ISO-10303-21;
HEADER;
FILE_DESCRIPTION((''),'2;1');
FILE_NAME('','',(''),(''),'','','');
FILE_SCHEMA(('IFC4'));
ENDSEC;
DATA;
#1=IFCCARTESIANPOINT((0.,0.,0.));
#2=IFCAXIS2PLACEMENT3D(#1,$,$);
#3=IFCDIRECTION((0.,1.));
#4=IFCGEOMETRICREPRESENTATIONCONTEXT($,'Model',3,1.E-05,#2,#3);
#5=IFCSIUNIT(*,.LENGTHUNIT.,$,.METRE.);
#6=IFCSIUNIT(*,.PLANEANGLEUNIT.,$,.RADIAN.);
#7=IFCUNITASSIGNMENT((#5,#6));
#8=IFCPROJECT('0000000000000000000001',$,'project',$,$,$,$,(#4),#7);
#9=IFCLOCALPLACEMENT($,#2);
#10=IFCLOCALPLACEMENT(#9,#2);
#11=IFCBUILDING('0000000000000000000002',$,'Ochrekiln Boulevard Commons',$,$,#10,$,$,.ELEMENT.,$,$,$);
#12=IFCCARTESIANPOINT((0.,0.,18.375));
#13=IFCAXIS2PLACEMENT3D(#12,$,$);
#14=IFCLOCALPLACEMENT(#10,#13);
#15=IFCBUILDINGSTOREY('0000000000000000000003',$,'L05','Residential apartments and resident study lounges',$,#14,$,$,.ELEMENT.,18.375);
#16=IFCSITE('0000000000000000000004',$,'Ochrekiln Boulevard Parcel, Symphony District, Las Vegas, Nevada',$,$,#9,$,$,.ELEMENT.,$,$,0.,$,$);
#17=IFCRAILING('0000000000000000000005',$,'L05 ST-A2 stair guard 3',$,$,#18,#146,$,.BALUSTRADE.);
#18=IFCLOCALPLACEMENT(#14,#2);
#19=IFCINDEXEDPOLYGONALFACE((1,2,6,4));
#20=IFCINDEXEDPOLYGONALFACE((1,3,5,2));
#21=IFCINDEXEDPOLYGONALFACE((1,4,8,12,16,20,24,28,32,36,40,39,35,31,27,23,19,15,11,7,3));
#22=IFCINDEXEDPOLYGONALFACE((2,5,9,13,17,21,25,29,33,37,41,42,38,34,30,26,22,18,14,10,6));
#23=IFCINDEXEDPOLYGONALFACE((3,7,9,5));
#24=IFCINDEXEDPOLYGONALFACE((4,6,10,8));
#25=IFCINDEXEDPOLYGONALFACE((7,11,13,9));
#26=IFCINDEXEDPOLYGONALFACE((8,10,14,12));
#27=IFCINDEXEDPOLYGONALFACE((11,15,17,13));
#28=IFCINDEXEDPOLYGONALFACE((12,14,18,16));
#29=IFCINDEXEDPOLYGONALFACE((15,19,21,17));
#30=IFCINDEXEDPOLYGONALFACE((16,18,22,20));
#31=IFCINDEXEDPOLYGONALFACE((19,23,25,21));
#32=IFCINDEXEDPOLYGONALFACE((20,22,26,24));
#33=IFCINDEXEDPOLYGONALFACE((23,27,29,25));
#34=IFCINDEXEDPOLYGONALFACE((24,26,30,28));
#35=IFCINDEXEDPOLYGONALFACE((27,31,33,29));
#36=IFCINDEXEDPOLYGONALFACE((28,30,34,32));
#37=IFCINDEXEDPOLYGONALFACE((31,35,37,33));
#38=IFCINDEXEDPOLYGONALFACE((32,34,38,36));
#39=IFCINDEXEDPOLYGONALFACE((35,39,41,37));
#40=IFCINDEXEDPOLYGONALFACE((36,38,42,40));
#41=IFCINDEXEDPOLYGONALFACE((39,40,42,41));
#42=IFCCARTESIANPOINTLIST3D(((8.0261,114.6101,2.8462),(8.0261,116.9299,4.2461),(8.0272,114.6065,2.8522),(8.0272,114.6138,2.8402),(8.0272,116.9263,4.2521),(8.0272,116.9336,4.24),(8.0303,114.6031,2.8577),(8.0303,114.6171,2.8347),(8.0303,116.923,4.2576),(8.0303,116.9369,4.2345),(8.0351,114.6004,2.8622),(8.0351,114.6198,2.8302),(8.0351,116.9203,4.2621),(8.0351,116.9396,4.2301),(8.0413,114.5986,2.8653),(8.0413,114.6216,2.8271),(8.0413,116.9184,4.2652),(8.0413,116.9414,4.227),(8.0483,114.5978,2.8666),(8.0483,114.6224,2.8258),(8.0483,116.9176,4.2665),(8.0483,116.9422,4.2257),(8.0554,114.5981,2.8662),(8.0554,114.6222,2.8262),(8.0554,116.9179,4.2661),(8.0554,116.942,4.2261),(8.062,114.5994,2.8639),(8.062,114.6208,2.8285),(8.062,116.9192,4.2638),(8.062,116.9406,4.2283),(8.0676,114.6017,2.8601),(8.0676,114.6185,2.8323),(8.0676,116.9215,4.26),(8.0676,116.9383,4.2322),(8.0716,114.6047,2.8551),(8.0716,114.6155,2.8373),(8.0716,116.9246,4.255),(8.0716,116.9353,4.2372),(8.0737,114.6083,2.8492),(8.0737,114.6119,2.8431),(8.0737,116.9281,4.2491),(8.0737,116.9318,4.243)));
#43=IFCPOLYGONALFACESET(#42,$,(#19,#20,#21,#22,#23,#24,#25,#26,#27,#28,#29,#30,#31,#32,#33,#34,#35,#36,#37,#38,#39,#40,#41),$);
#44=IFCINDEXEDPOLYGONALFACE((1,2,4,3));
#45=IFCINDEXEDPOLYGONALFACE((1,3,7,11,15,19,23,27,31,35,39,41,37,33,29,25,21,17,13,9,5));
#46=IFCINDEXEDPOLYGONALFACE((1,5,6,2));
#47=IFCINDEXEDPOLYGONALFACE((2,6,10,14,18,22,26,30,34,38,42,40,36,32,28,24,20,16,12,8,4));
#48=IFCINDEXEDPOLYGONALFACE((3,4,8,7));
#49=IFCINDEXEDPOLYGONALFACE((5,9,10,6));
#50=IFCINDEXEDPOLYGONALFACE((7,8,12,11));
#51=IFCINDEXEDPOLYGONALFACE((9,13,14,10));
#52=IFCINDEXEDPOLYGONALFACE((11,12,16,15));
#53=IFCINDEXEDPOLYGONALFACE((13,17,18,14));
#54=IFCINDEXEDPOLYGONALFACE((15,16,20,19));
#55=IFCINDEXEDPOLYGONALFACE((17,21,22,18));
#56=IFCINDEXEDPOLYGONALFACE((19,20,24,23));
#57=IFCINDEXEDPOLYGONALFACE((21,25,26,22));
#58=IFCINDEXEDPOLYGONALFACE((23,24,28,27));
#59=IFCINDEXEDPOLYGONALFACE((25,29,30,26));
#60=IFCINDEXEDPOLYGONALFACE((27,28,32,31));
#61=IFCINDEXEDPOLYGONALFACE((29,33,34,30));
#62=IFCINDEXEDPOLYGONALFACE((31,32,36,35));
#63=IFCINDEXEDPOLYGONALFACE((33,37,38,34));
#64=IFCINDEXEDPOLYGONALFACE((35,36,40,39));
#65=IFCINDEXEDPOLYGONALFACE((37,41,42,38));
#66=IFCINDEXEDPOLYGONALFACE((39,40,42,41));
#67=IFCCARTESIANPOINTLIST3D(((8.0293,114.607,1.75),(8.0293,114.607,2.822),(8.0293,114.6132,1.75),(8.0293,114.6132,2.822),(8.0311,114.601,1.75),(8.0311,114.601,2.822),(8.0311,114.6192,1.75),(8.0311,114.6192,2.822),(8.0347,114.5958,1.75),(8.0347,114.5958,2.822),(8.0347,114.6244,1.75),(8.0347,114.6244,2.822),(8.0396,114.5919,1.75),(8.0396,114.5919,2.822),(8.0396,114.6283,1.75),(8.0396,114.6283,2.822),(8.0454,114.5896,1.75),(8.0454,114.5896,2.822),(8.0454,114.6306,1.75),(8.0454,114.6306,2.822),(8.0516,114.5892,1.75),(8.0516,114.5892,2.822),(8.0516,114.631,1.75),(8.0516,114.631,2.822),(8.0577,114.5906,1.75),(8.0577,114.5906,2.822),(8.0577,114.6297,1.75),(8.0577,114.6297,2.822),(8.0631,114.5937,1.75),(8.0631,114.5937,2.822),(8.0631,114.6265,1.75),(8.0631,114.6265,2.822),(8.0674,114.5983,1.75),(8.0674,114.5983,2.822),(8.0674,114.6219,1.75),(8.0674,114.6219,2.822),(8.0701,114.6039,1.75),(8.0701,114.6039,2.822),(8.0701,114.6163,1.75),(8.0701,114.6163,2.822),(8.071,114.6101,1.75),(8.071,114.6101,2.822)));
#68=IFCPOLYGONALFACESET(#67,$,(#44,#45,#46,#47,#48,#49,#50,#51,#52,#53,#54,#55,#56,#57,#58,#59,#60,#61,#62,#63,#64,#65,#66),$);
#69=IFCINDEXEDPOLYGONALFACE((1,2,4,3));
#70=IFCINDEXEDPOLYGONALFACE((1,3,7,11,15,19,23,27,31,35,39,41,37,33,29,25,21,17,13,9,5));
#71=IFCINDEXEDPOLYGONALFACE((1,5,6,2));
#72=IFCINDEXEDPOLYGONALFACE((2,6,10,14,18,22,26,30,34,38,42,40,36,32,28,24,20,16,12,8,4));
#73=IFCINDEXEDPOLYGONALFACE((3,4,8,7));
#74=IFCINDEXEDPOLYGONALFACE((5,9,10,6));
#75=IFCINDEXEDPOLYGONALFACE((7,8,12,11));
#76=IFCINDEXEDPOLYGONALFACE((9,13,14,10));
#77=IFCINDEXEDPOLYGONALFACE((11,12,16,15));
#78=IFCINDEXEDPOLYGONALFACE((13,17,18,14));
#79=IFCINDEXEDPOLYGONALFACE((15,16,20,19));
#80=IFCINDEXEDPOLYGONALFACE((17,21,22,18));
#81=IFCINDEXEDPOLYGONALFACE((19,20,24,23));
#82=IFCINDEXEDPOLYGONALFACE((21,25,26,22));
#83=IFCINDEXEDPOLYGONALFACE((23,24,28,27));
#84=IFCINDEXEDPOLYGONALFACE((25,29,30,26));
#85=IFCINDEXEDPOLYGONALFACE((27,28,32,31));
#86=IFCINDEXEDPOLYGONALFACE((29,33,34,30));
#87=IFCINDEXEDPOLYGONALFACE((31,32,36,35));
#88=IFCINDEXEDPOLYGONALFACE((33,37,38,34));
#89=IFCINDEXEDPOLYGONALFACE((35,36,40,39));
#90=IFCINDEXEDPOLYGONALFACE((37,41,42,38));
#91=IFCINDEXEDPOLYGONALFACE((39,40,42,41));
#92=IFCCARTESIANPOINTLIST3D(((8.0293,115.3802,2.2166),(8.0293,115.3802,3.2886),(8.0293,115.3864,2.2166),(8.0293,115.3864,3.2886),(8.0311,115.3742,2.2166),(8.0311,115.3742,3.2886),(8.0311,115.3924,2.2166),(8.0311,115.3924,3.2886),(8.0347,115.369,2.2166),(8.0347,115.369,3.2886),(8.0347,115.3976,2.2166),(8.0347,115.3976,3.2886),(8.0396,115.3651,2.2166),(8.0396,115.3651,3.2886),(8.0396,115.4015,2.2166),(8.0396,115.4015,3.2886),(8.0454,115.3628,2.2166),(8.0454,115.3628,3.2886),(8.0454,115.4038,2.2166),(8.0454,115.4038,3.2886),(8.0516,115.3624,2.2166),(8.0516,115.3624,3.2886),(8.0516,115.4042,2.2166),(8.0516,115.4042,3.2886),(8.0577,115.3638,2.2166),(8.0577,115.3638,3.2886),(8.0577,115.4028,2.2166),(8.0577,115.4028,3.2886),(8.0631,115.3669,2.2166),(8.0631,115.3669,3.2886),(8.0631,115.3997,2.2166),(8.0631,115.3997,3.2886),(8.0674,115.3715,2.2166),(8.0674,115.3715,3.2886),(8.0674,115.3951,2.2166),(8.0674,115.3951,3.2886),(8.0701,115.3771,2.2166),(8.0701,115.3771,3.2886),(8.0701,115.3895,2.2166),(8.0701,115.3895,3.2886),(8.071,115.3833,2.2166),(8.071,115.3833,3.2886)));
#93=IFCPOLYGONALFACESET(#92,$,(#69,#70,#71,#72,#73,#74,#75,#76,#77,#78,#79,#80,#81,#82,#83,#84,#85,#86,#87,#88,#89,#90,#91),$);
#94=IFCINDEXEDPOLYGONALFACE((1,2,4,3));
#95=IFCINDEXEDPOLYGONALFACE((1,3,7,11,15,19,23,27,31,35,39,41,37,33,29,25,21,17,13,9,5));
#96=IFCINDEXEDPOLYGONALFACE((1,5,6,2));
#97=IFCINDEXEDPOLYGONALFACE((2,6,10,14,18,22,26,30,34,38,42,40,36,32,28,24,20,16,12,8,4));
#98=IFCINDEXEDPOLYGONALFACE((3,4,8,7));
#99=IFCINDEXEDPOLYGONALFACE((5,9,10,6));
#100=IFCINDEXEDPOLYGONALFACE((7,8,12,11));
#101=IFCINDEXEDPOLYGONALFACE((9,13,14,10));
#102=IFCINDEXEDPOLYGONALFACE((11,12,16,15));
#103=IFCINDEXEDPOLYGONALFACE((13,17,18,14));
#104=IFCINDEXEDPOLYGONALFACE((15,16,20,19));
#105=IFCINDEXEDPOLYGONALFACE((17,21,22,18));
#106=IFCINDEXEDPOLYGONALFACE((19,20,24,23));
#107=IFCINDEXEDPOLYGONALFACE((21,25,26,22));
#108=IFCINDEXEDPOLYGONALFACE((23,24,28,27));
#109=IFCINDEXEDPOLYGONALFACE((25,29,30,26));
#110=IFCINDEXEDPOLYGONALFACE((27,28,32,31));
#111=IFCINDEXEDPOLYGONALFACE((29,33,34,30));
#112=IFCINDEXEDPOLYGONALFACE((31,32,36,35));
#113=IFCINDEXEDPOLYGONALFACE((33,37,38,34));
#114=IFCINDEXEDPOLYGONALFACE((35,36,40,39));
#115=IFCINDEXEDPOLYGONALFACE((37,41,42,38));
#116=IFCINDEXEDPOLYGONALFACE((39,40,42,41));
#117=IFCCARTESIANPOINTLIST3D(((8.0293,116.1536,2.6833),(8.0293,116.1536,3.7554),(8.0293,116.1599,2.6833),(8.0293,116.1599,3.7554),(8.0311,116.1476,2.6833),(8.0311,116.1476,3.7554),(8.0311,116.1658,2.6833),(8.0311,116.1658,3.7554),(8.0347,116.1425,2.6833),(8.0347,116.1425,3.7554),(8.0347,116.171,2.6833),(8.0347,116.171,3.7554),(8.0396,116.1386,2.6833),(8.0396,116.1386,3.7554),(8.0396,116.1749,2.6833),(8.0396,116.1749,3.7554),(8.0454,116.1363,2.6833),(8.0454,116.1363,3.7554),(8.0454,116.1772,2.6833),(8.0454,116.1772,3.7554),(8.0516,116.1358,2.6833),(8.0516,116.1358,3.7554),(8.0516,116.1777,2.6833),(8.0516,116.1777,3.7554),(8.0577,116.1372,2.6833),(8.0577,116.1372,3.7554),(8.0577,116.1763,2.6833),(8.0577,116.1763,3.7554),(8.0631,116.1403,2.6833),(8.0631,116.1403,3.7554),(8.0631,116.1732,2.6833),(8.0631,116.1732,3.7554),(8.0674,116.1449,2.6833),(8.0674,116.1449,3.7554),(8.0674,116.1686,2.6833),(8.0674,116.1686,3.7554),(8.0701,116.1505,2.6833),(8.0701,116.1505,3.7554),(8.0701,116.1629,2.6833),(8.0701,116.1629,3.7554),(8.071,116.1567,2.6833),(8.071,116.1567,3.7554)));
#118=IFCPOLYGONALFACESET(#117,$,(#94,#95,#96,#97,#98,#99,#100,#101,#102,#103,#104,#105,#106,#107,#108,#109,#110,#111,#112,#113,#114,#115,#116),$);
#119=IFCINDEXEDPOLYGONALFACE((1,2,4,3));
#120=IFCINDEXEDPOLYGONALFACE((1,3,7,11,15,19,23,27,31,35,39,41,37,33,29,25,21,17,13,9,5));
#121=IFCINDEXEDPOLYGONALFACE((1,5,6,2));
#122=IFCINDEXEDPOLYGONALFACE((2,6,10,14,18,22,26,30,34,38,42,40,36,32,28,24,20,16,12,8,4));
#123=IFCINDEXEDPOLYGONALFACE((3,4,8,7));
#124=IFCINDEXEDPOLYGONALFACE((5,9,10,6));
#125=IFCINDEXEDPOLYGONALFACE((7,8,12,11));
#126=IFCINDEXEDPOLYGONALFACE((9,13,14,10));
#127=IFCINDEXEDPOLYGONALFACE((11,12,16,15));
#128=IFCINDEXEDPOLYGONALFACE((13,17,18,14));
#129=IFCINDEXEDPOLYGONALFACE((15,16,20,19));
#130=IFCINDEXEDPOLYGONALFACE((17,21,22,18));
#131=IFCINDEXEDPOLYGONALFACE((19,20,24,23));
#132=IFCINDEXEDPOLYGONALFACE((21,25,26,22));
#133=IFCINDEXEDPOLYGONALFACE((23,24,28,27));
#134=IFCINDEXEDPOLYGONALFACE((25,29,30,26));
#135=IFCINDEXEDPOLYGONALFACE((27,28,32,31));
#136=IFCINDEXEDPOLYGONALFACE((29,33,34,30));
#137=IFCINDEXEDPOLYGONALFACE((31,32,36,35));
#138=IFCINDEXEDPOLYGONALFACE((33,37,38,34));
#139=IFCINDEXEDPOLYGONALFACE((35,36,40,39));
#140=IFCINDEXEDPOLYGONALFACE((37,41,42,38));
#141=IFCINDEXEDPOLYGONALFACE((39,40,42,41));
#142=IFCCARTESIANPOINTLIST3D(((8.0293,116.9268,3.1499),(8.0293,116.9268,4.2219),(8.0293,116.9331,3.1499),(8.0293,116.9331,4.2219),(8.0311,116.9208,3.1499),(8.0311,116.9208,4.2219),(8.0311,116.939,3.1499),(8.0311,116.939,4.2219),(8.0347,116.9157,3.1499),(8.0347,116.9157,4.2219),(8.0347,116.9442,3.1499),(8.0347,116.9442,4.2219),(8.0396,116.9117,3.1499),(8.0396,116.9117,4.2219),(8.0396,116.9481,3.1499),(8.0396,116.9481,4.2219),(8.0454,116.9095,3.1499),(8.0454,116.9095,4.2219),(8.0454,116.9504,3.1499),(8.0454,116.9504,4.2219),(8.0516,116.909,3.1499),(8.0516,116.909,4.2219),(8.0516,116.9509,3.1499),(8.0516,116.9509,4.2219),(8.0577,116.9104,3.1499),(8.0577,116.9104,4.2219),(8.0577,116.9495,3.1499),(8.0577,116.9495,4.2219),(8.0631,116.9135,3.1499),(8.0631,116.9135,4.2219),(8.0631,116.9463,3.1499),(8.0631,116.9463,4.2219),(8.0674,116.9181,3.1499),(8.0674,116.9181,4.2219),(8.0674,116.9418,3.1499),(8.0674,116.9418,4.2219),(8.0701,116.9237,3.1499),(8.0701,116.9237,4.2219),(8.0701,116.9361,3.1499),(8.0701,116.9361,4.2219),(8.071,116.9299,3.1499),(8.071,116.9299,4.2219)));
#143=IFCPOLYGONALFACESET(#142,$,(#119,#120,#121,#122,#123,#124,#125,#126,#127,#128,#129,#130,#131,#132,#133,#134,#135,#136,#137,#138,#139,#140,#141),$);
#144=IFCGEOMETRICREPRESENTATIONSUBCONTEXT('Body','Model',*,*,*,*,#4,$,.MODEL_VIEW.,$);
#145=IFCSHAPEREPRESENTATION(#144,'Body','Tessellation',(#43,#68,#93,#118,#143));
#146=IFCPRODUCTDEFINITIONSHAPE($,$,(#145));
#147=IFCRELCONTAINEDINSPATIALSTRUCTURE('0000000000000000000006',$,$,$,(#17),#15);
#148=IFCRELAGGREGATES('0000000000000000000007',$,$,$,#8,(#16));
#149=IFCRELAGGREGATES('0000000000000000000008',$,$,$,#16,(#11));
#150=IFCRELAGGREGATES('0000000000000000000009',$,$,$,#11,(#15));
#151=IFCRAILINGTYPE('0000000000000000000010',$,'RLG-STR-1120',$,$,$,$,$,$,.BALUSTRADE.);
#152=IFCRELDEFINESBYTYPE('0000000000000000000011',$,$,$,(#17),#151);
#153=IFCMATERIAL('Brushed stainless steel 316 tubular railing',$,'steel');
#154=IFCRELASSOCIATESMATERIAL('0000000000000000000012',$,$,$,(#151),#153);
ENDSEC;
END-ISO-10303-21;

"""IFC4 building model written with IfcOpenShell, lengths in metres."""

from ifc_helpers import new_model, si_unit, direction, frame, origin, origin_2d, place, context, subcontext, project, spatial, circle, extrude, material, type_object, element, save


model = new_model("IFC4")

# Units and contexts
model_context = context("Model", 3, precision=1e-05, world=origin(), true_north=direction((0.0, 1.0)))
body_context = subcontext(model_context, "Body", "Model", "MODEL_VIEW")
ifc_project = project(units=[si_unit("LENGTHUNIT", "METRE"), si_unit("PLANEANGLEUNIT", "RADIAN")], contexts=[model_context])

# Site, building, storey
site_placement = place(None, origin())
site = spatial("IfcSite", under=ifc_project, at=site_placement, Name="Ochrekiln Boulevard Parcel, Symphony District, Las Vegas, Nevada", CompositionType="ELEMENT", RefElevation=0.0)
building_placement = place(site_placement, origin())
building = spatial("IfcBuilding", under=site, at=building_placement, Name="Ochrekiln Boulevard Commons", CompositionType="ELEMENT")
storey_placement = place(building_placement, frame((0.0, 0.0, 18.375)))
storey = spatial("IfcBuildingStorey", under=building, at=storey_placement, Name="L05", Description="Residential apartments and resident study lounges", CompositionType="ELEMENT", Elevation=18.375)

# Railing
ifc_material_1 = material(Name="Brushed stainless steel 316 tubular railing", Category="steel")
railing_type_1 = type_object("IfcRailingType", Name="RLG-STR-1120", PredefinedType="BALUSTRADE", material=ifc_material_1)
railing_1_placement = place(storey_placement, frame((8.05, 114.6101, 1.75)))
element("IfcRailing", 1, at=railing_1_placement, inside=storey, type_object=railing_type_1, Name="L05 ST-A2 stair guard 3", PredefinedType="BALUSTRADE", context=body_context, shape_type="SweptSolid", body=[
    extrude(circle(Radius=0.0239, at=origin_2d()), frame((0.0, 0.0, 1.0962), z_axis=(0.0, 0.856186, 0.516667), x_axis=(-1.0, 0.0, 0.0)), (0.0, 0.0, 1.0), 2.7095),
    extrude(circle(Radius=0.021, at=origin_2d()), origin(), (0.0, 0.0, 1.0), 1.072),
    extrude(circle(Radius=0.021, at=origin_2d()), frame((0.0, 0.7732, 0.4666)), (0.0, 0.0, 1.0), 1.072),
    extrude(circle(Radius=0.021, at=origin_2d()), frame((0.0, 1.5466, 0.9333)), (0.0, 0.0, 1.0), 1.072),
    extrude(circle(Radius=0.021, at=origin_2d()), frame((0.0, 2.3198, 1.3999)), (0.0, 0.0, 1.0), 1.072),
])

save(model, "model.ifc")
